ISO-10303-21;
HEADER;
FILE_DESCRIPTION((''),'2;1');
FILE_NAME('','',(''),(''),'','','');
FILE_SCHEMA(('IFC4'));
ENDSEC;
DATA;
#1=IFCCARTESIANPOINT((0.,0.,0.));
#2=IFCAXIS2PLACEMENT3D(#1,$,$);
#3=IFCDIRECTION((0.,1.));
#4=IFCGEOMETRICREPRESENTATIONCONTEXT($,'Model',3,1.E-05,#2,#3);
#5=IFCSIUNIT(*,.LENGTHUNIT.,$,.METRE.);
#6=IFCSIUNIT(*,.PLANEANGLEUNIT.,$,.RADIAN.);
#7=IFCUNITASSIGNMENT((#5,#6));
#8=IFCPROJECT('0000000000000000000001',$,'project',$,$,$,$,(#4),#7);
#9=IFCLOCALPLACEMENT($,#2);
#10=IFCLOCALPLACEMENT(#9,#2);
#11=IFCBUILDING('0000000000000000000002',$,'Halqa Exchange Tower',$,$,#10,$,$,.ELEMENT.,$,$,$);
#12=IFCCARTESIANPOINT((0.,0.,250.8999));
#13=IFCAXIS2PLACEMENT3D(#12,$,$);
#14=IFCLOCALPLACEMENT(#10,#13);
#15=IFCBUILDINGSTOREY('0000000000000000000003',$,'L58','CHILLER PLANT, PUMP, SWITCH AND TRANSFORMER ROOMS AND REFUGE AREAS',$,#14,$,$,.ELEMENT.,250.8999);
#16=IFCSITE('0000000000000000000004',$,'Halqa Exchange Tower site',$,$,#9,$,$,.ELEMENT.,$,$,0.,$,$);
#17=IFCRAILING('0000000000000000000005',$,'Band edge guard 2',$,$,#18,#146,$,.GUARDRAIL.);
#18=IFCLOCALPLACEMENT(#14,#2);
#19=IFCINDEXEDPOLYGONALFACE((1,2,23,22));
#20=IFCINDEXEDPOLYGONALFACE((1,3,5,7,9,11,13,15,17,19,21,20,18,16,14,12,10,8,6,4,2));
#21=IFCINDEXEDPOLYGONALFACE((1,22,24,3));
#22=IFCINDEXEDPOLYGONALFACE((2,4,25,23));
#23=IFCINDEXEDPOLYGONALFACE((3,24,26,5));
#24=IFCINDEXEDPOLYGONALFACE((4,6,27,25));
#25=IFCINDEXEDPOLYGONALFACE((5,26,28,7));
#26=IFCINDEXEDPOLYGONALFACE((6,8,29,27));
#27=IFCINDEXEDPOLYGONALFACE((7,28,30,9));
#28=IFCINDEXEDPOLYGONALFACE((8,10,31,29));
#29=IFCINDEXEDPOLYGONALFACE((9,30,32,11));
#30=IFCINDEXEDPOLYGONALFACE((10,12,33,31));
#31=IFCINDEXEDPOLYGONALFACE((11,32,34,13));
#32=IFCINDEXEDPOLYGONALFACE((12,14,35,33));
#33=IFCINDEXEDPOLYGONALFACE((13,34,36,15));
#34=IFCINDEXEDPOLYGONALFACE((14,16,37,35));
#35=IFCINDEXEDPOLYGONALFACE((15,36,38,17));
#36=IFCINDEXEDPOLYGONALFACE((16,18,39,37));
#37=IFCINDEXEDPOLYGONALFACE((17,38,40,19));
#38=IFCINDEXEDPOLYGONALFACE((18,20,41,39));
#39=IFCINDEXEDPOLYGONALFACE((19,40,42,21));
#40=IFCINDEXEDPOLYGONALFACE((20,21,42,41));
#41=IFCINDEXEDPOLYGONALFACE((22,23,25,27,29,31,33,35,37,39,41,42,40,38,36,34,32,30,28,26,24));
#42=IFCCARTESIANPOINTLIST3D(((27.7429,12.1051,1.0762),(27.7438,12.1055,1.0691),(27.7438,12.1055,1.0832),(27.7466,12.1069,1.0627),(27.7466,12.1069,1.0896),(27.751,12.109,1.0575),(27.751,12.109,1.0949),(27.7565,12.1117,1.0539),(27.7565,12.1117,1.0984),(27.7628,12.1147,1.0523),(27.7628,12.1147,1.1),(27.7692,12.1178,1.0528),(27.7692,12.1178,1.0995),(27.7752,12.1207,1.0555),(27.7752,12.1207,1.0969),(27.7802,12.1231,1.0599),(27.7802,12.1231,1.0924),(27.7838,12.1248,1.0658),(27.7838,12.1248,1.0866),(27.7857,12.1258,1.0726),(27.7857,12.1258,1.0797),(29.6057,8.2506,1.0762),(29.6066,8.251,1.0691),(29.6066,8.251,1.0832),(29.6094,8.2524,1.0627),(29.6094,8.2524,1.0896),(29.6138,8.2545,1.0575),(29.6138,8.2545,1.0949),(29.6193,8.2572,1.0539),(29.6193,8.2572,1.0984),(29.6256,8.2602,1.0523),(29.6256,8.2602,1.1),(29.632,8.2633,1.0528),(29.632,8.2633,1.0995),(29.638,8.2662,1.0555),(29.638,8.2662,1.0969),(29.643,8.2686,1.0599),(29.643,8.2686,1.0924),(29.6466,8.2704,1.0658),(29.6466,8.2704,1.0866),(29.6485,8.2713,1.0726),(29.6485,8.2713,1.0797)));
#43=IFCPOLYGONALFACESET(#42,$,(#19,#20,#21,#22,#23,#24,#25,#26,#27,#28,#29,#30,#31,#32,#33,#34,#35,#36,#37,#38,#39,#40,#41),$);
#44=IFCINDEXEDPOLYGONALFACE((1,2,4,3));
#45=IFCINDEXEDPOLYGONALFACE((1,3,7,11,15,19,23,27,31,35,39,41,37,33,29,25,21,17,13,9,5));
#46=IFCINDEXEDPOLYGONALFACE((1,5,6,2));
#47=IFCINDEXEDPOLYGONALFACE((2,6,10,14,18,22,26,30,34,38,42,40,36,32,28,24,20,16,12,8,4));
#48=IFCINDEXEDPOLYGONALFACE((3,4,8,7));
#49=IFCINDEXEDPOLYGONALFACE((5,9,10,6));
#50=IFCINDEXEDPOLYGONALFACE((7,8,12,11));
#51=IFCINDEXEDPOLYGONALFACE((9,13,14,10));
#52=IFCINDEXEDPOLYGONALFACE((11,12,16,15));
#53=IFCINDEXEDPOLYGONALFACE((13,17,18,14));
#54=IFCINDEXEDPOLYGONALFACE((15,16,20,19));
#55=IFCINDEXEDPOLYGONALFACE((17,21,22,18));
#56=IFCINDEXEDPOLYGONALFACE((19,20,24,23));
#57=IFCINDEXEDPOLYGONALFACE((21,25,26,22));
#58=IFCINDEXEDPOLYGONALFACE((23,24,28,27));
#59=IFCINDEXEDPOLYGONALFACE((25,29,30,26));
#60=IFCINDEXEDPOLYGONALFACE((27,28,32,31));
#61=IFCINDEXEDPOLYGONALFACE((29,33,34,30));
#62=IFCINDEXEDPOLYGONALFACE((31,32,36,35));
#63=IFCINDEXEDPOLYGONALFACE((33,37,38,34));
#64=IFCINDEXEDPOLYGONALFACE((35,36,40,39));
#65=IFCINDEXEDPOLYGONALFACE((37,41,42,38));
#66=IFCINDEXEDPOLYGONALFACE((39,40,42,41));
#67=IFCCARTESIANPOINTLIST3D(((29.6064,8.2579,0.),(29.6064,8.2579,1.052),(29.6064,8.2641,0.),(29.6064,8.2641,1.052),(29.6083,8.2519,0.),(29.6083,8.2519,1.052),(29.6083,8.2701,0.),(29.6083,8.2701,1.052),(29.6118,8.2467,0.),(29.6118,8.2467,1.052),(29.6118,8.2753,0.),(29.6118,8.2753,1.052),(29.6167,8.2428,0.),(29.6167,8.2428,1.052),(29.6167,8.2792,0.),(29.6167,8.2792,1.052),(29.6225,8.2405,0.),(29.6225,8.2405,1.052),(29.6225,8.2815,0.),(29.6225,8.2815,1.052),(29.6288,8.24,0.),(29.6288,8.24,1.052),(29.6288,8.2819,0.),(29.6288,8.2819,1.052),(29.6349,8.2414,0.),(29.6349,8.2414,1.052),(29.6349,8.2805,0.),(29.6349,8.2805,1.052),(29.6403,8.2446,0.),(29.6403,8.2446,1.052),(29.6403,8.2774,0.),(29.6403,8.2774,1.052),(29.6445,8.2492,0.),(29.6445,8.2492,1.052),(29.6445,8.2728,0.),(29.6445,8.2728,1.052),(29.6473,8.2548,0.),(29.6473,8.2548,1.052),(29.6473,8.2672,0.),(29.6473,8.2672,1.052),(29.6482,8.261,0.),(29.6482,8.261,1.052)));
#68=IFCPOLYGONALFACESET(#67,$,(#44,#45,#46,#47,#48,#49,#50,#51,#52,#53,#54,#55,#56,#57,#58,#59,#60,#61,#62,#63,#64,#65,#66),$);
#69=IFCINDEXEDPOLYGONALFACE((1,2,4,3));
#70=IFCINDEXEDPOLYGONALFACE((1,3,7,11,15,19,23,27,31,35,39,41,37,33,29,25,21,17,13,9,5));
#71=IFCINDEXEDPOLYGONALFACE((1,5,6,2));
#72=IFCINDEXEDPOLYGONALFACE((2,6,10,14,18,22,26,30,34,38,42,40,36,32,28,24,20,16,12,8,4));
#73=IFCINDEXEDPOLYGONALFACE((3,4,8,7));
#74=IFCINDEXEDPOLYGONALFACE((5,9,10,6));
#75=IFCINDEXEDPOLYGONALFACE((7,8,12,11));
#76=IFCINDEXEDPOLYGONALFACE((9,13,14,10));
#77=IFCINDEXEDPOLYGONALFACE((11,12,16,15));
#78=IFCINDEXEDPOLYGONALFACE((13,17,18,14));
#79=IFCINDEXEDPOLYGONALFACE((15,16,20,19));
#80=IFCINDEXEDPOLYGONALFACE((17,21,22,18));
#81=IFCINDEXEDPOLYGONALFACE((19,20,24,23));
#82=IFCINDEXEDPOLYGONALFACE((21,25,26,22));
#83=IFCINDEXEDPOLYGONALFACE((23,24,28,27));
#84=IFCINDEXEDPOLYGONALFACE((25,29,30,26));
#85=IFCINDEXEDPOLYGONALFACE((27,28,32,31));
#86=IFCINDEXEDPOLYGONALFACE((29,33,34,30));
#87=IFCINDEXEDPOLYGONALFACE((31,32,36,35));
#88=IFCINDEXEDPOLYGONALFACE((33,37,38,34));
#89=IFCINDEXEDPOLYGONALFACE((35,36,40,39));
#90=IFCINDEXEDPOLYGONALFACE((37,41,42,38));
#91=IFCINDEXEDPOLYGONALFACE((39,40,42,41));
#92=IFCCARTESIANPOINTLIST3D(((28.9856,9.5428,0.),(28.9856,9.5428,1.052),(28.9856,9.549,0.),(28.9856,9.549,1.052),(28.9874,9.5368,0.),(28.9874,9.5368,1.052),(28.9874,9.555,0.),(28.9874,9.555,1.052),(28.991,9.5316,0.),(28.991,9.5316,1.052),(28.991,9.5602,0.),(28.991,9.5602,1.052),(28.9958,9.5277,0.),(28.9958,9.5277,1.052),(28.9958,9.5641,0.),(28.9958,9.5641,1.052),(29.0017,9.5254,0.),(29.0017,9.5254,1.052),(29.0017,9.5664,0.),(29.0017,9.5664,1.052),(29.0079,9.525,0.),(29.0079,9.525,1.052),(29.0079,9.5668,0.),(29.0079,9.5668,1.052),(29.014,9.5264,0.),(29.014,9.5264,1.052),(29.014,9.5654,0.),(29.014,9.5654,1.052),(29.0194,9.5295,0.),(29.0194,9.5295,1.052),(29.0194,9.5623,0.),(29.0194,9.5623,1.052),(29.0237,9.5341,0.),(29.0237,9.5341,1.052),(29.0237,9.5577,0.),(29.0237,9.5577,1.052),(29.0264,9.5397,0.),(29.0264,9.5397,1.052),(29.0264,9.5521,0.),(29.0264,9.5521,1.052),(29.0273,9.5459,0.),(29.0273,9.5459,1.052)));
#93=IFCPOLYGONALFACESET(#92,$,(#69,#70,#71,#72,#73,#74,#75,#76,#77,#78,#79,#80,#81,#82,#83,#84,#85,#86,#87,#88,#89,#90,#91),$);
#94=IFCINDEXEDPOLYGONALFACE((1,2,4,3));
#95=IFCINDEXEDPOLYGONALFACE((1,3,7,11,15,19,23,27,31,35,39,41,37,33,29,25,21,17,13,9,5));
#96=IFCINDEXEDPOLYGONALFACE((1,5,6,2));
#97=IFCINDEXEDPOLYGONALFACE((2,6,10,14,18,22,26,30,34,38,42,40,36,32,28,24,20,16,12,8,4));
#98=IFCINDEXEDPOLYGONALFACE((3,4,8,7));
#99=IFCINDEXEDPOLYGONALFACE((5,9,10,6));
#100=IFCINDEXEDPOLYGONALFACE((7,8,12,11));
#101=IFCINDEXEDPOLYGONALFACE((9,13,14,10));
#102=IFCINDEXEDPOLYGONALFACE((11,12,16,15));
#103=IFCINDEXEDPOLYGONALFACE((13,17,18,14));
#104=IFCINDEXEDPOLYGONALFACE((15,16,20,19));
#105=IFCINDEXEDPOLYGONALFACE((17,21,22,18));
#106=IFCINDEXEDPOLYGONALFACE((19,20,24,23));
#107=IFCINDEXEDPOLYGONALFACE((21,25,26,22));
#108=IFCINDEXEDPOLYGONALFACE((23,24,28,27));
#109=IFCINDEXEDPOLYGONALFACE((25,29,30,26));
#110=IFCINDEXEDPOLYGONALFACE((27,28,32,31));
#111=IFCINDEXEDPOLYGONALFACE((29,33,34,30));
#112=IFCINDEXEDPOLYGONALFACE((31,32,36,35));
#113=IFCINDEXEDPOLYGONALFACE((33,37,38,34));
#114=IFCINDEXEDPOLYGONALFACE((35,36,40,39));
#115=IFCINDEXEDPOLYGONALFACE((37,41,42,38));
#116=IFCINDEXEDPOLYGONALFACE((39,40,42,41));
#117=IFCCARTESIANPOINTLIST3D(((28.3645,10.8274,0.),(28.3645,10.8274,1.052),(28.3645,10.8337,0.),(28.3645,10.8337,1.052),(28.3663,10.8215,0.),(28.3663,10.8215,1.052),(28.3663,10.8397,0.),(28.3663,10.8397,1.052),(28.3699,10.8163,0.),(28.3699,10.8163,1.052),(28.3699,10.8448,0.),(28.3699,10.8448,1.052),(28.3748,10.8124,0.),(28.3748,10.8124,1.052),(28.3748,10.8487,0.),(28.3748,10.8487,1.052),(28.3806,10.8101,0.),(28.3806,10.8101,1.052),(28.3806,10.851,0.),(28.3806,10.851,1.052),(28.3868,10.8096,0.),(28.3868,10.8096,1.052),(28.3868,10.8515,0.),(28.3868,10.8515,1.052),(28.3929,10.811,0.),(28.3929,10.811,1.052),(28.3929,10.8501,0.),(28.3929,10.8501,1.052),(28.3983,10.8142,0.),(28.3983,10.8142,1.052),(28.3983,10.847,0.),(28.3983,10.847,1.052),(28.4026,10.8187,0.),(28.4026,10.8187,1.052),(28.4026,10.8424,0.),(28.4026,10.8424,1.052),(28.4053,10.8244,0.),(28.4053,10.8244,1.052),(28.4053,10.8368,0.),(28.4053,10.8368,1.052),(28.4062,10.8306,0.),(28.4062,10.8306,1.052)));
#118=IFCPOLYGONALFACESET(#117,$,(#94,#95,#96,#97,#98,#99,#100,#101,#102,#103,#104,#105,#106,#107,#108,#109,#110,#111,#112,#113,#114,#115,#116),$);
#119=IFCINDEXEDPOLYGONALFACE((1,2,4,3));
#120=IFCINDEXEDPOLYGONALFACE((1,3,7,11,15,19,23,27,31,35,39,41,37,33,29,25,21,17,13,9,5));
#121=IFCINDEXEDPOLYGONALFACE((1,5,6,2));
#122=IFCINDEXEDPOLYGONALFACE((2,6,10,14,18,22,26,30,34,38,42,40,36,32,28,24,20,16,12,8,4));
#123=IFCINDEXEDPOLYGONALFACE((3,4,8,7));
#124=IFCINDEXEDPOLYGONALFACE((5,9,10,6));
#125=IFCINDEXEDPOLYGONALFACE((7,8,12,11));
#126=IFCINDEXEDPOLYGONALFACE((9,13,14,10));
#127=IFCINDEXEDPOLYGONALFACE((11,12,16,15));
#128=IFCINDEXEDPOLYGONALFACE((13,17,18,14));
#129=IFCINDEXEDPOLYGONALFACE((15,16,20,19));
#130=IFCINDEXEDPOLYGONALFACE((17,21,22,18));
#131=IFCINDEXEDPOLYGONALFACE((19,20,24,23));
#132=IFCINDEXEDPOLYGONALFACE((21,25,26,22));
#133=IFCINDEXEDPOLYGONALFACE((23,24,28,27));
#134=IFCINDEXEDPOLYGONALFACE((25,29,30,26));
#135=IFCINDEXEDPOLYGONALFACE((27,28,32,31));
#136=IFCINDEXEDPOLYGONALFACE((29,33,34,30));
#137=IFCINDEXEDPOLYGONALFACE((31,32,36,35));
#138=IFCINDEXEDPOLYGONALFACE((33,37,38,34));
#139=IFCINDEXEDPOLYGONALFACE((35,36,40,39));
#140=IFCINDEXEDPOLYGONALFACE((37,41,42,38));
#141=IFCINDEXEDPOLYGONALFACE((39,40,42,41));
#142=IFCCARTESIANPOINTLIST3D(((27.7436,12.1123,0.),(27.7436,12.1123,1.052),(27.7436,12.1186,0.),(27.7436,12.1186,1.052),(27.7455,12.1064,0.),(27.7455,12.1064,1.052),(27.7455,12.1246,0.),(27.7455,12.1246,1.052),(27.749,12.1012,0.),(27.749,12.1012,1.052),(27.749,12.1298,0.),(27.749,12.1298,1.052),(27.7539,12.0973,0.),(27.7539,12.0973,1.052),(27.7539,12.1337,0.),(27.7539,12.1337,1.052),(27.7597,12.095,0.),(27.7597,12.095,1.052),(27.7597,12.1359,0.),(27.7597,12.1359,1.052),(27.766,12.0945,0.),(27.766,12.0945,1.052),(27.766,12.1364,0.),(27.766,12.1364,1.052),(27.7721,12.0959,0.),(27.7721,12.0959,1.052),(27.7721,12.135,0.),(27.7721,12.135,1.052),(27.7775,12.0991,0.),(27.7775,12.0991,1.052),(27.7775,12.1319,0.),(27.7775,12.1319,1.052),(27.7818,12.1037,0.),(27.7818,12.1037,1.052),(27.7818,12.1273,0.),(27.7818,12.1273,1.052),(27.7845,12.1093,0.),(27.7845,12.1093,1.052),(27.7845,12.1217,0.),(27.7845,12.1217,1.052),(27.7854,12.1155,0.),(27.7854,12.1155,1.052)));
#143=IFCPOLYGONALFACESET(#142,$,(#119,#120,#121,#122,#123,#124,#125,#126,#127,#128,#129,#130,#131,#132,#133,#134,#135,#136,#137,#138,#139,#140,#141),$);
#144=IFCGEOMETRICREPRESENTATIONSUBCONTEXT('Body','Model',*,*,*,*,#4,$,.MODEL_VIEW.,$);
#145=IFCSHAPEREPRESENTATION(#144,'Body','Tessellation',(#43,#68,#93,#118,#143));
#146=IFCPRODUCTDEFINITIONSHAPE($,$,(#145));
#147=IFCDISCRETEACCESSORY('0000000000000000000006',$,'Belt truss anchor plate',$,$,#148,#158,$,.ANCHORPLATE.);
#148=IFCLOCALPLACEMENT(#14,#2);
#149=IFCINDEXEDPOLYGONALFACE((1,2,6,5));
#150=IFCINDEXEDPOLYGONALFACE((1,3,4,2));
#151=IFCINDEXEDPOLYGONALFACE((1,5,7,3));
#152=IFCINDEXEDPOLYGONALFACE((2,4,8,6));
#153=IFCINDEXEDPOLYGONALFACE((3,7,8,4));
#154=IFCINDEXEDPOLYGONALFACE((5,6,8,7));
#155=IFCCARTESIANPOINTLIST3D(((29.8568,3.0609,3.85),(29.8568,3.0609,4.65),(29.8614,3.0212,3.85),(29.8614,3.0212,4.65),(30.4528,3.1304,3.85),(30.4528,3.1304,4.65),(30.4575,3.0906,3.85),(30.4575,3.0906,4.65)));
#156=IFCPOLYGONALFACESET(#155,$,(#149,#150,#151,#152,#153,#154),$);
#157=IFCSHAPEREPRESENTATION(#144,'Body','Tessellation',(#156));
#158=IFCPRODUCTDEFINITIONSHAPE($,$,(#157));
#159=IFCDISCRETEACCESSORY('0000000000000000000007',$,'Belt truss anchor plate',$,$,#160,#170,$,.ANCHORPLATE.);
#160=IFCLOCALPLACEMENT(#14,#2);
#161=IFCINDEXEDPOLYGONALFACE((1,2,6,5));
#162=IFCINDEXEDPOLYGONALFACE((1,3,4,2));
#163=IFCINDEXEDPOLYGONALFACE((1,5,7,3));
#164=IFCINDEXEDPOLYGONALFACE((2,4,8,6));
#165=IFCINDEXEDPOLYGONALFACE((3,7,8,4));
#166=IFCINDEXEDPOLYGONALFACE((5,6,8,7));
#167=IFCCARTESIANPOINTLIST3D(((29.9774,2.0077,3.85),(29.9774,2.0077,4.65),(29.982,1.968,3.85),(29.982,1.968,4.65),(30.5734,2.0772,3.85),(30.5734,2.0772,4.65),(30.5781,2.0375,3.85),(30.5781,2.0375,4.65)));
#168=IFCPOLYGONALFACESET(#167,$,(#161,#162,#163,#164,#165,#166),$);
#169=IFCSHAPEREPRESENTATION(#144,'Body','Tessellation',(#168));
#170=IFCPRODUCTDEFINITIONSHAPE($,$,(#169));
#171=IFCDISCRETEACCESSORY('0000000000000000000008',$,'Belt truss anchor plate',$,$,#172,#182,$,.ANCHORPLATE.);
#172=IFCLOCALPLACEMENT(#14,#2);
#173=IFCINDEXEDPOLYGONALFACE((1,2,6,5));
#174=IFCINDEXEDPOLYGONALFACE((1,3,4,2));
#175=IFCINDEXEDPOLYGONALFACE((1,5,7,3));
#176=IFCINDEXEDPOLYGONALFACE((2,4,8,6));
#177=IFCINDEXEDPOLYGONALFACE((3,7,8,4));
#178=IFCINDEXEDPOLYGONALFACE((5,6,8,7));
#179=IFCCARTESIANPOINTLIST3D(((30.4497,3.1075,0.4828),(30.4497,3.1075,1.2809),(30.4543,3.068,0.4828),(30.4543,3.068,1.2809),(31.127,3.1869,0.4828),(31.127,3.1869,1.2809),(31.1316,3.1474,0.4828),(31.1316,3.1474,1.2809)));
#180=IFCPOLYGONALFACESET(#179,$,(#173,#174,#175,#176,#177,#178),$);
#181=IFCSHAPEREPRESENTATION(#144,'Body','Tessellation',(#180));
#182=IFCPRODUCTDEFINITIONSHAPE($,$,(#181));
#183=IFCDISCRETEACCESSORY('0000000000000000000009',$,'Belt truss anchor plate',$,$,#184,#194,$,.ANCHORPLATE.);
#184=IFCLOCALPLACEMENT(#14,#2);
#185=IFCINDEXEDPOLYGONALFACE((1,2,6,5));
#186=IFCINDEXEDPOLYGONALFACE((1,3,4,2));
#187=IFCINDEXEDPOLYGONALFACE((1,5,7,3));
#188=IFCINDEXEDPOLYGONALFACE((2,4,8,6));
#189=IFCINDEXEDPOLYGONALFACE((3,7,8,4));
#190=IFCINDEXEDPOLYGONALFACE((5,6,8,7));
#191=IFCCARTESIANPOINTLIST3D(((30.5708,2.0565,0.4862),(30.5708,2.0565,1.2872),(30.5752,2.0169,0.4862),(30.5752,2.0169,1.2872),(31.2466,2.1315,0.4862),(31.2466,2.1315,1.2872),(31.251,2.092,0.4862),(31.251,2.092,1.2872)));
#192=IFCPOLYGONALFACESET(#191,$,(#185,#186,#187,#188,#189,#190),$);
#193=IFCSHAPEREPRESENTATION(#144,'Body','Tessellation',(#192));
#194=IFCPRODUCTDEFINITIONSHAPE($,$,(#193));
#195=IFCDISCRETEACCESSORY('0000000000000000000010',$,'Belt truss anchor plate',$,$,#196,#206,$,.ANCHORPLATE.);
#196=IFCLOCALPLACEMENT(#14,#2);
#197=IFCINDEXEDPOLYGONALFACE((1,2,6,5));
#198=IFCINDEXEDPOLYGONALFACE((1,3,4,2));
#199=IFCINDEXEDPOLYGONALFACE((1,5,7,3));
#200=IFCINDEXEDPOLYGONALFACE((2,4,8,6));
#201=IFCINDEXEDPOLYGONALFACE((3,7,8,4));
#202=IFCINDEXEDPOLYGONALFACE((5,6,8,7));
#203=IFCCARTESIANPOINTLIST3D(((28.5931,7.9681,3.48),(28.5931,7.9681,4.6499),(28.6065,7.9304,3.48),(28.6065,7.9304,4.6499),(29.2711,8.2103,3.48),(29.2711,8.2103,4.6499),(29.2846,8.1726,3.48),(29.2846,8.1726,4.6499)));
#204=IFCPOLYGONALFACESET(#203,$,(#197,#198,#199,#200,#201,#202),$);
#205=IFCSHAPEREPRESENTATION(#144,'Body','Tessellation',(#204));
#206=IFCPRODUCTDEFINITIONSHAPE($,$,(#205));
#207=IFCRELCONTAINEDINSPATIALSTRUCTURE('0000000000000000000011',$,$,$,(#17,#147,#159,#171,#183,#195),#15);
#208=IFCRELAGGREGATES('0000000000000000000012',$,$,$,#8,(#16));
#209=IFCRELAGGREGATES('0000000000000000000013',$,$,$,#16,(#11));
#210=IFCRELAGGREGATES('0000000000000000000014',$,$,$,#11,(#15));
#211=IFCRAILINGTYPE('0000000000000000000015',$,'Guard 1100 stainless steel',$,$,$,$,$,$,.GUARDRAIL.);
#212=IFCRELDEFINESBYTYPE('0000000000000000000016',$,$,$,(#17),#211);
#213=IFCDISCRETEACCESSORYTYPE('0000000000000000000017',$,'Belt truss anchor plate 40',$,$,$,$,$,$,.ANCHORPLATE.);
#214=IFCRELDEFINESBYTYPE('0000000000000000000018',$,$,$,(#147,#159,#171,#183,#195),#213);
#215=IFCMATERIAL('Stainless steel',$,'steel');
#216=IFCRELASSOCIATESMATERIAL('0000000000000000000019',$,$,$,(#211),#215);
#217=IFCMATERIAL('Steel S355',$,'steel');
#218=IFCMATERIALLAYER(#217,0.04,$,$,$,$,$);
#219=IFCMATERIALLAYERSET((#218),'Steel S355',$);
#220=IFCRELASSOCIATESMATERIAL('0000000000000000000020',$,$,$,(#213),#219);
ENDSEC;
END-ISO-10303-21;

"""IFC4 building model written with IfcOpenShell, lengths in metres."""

from ifc_helpers import new_model, si_unit, direction, frame, origin, origin_2d, place, context, subcontext, project, spatial, rectangle, circle, extrude, material, layer, layer_set, type_object, element, save


model = new_model("IFC4")

# Units and contexts
model_context = context("Model", 3, precision=1e-05, world=origin(), true_north=direction((0.0, 1.0)))
body_context = subcontext(model_context, "Body", "Model", "MODEL_VIEW")
ifc_project = project(units=[si_unit("LENGTHUNIT", "METRE"), si_unit("PLANEANGLEUNIT", "RADIAN")], contexts=[model_context])

# Site, building, storey
site_placement = place(None, origin())
site = spatial("IfcSite", under=ifc_project, at=site_placement, Name="Halqa Exchange Tower site", CompositionType="ELEMENT", RefElevation=0.0)
building_placement = place(site_placement, origin())
building = spatial("IfcBuilding", under=site, at=building_placement, Name="Halqa Exchange Tower", CompositionType="ELEMENT")
storey_placement = place(building_placement, frame((0.0, 0.0, 250.8999)))
storey = spatial("IfcBuildingStorey", under=building, at=storey_placement, Name="L58", Description="CHILLER PLANT, PUMP, SWITCH AND TRANSFORMER ROOMS AND REFUGE AREAS", CompositionType="ELEMENT", Elevation=250.8999)

# Shared definitions
ifc_material_1 = material(Name="Steel S355", Category="steel")

# Railing
ifc_material_2 = material(Name="Stainless steel", Category="steel")
railing_type = type_object("IfcRailingType", Name="Guard 1100 stainless steel", PredefinedType="GUARDRAIL", material=ifc_material_2)
railing_1_placement = place(storey_placement, frame((29.6272, 8.261, 0.0)))
element("IfcRailing", 1, at=railing_1_placement, inside=storey, type_object=railing_type, Name="Band edge guard 2", PredefinedType="GUARDRAIL", context=body_context, shape_type="SweptSolid", body=[
    extrude(circle(Radius=0.0239, at=origin_2d()), frame((0.0, 0.0, 1.0762), z_axis=(-0.435129, 0.900368, 0.0), x_axis=(-0.900368, -0.435129, 0.0)), (0.0, 0.0, 1.0), 4.281),
    extrude(circle(Radius=0.021, at=origin_2d()), origin(), (0.0, 0.0, 1.0), 1.052),
    extrude(circle(Radius=0.021, at=origin_2d()), frame((-0.6208, 1.2849, 0.0)), (0.0, 0.0, 1.0), 1.052),
    extrude(circle(Radius=0.021, at=origin_2d()), frame((-1.2419, 2.5696, 0.0)), (0.0, 0.0, 1.0), 1.052),
    extrude(circle(Radius=0.021, at=origin_2d()), frame((-1.8628, 3.8545, 0.0)), (0.0, 0.0, 1.0), 1.052),
])

# Discrete accessories
ifc_layer_1 = layer(ifc_material_1, 0.04)
ifc_layer_set_1 = layer_set([ifc_layer_1], Name="Steel S355")
discrete_accessory_type = type_object("IfcDiscreteAccessoryType", Name="Belt truss anchor plate 40", PredefinedType="ANCHORPLATE", material=ifc_layer_set_1)
for number, where, z_axis, x_axis, name in (
    (2, (30.1594, 3.0559, 4.25), (-0.115781, 0.993275, 0.0), (-0.993275, -0.115781, 0.0), "Belt truss anchor plate"),
    (3, (30.2754, 2.0425, 4.25), (0.115781, -0.993275, 0.0), (0.993275, 0.115781, 0.0), "Belt truss anchor plate"),
):
    element("IfcDiscreteAccessory", number, at=place(storey_placement, frame(where, z_axis=z_axis, x_axis=x_axis)), inside=storey, type_object=discrete_accessory_type, Name=name, PredefinedType="ANCHORPLATE", context=body_context, shape_type="SweptSolid", body=[
        extrude(rectangle(XDim=0.6001, YDim=0.8, at=origin_2d()), origin(), (0.0, 0.0, 1.0), 0.04),
    ])
discrete_accessory_1_placement = place(storey_placement, frame((30.793, 3.1077, 0.8818), z_axis=(-0.116486, 0.993192, 0.0), x_axis=(-0.993192, -0.116486, 0.0)))
element("IfcDiscreteAccessory", 4, at=discrete_accessory_1_placement, inside=storey, type_object=discrete_accessory_type, Name="Belt truss anchor plate", PredefinedType="ANCHORPLATE", context=body_context, shape_type="SweptSolid", body=[
    extrude(rectangle(XDim=0.6819, YDim=0.7981, at=origin_2d()), origin(), (0.0, 0.0, 1.0), 0.0398),
])
discrete_accessory_2_placement = place(storey_placement, frame((30.9087, 2.094, 0.8867), z_axis=(0.110432, -0.993884, 0.0), x_axis=(0.993884, 0.110432, 0.0)))
element("IfcDiscreteAccessory", 5, at=discrete_accessory_2_placement, inside=storey, type_object=discrete_accessory_type, Name="Belt truss anchor plate", PredefinedType="ANCHORPLATE", context=body_context, shape_type="SweptSolid", body=[
    extrude(rectangle(XDim=0.6799, YDim=0.801, at=origin_2d()), origin(), (0.0, 0.0, 1.0), 0.0398),
])
discrete_accessory_3_placement = place(storey_placement, frame((28.9456, 8.0515, 4.0649), z_axis=(-0.336336, 0.941742, 0.0), x_axis=(-0.941742, -0.336336, 0.0)))
element("IfcDiscreteAccessory", 6, at=discrete_accessory_3_placement, inside=storey, type_object=discrete_accessory_type, Name="Belt truss anchor plate", PredefinedType="ANCHORPLATE", context=body_context, shape_type="SweptSolid", body=[
    extrude(rectangle(XDim=0.72, YDim=1.1699, at=origin_2d()), origin(), (0.0, 0.0, 1.0), 0.04),
])

save(model, "model.ifc")
